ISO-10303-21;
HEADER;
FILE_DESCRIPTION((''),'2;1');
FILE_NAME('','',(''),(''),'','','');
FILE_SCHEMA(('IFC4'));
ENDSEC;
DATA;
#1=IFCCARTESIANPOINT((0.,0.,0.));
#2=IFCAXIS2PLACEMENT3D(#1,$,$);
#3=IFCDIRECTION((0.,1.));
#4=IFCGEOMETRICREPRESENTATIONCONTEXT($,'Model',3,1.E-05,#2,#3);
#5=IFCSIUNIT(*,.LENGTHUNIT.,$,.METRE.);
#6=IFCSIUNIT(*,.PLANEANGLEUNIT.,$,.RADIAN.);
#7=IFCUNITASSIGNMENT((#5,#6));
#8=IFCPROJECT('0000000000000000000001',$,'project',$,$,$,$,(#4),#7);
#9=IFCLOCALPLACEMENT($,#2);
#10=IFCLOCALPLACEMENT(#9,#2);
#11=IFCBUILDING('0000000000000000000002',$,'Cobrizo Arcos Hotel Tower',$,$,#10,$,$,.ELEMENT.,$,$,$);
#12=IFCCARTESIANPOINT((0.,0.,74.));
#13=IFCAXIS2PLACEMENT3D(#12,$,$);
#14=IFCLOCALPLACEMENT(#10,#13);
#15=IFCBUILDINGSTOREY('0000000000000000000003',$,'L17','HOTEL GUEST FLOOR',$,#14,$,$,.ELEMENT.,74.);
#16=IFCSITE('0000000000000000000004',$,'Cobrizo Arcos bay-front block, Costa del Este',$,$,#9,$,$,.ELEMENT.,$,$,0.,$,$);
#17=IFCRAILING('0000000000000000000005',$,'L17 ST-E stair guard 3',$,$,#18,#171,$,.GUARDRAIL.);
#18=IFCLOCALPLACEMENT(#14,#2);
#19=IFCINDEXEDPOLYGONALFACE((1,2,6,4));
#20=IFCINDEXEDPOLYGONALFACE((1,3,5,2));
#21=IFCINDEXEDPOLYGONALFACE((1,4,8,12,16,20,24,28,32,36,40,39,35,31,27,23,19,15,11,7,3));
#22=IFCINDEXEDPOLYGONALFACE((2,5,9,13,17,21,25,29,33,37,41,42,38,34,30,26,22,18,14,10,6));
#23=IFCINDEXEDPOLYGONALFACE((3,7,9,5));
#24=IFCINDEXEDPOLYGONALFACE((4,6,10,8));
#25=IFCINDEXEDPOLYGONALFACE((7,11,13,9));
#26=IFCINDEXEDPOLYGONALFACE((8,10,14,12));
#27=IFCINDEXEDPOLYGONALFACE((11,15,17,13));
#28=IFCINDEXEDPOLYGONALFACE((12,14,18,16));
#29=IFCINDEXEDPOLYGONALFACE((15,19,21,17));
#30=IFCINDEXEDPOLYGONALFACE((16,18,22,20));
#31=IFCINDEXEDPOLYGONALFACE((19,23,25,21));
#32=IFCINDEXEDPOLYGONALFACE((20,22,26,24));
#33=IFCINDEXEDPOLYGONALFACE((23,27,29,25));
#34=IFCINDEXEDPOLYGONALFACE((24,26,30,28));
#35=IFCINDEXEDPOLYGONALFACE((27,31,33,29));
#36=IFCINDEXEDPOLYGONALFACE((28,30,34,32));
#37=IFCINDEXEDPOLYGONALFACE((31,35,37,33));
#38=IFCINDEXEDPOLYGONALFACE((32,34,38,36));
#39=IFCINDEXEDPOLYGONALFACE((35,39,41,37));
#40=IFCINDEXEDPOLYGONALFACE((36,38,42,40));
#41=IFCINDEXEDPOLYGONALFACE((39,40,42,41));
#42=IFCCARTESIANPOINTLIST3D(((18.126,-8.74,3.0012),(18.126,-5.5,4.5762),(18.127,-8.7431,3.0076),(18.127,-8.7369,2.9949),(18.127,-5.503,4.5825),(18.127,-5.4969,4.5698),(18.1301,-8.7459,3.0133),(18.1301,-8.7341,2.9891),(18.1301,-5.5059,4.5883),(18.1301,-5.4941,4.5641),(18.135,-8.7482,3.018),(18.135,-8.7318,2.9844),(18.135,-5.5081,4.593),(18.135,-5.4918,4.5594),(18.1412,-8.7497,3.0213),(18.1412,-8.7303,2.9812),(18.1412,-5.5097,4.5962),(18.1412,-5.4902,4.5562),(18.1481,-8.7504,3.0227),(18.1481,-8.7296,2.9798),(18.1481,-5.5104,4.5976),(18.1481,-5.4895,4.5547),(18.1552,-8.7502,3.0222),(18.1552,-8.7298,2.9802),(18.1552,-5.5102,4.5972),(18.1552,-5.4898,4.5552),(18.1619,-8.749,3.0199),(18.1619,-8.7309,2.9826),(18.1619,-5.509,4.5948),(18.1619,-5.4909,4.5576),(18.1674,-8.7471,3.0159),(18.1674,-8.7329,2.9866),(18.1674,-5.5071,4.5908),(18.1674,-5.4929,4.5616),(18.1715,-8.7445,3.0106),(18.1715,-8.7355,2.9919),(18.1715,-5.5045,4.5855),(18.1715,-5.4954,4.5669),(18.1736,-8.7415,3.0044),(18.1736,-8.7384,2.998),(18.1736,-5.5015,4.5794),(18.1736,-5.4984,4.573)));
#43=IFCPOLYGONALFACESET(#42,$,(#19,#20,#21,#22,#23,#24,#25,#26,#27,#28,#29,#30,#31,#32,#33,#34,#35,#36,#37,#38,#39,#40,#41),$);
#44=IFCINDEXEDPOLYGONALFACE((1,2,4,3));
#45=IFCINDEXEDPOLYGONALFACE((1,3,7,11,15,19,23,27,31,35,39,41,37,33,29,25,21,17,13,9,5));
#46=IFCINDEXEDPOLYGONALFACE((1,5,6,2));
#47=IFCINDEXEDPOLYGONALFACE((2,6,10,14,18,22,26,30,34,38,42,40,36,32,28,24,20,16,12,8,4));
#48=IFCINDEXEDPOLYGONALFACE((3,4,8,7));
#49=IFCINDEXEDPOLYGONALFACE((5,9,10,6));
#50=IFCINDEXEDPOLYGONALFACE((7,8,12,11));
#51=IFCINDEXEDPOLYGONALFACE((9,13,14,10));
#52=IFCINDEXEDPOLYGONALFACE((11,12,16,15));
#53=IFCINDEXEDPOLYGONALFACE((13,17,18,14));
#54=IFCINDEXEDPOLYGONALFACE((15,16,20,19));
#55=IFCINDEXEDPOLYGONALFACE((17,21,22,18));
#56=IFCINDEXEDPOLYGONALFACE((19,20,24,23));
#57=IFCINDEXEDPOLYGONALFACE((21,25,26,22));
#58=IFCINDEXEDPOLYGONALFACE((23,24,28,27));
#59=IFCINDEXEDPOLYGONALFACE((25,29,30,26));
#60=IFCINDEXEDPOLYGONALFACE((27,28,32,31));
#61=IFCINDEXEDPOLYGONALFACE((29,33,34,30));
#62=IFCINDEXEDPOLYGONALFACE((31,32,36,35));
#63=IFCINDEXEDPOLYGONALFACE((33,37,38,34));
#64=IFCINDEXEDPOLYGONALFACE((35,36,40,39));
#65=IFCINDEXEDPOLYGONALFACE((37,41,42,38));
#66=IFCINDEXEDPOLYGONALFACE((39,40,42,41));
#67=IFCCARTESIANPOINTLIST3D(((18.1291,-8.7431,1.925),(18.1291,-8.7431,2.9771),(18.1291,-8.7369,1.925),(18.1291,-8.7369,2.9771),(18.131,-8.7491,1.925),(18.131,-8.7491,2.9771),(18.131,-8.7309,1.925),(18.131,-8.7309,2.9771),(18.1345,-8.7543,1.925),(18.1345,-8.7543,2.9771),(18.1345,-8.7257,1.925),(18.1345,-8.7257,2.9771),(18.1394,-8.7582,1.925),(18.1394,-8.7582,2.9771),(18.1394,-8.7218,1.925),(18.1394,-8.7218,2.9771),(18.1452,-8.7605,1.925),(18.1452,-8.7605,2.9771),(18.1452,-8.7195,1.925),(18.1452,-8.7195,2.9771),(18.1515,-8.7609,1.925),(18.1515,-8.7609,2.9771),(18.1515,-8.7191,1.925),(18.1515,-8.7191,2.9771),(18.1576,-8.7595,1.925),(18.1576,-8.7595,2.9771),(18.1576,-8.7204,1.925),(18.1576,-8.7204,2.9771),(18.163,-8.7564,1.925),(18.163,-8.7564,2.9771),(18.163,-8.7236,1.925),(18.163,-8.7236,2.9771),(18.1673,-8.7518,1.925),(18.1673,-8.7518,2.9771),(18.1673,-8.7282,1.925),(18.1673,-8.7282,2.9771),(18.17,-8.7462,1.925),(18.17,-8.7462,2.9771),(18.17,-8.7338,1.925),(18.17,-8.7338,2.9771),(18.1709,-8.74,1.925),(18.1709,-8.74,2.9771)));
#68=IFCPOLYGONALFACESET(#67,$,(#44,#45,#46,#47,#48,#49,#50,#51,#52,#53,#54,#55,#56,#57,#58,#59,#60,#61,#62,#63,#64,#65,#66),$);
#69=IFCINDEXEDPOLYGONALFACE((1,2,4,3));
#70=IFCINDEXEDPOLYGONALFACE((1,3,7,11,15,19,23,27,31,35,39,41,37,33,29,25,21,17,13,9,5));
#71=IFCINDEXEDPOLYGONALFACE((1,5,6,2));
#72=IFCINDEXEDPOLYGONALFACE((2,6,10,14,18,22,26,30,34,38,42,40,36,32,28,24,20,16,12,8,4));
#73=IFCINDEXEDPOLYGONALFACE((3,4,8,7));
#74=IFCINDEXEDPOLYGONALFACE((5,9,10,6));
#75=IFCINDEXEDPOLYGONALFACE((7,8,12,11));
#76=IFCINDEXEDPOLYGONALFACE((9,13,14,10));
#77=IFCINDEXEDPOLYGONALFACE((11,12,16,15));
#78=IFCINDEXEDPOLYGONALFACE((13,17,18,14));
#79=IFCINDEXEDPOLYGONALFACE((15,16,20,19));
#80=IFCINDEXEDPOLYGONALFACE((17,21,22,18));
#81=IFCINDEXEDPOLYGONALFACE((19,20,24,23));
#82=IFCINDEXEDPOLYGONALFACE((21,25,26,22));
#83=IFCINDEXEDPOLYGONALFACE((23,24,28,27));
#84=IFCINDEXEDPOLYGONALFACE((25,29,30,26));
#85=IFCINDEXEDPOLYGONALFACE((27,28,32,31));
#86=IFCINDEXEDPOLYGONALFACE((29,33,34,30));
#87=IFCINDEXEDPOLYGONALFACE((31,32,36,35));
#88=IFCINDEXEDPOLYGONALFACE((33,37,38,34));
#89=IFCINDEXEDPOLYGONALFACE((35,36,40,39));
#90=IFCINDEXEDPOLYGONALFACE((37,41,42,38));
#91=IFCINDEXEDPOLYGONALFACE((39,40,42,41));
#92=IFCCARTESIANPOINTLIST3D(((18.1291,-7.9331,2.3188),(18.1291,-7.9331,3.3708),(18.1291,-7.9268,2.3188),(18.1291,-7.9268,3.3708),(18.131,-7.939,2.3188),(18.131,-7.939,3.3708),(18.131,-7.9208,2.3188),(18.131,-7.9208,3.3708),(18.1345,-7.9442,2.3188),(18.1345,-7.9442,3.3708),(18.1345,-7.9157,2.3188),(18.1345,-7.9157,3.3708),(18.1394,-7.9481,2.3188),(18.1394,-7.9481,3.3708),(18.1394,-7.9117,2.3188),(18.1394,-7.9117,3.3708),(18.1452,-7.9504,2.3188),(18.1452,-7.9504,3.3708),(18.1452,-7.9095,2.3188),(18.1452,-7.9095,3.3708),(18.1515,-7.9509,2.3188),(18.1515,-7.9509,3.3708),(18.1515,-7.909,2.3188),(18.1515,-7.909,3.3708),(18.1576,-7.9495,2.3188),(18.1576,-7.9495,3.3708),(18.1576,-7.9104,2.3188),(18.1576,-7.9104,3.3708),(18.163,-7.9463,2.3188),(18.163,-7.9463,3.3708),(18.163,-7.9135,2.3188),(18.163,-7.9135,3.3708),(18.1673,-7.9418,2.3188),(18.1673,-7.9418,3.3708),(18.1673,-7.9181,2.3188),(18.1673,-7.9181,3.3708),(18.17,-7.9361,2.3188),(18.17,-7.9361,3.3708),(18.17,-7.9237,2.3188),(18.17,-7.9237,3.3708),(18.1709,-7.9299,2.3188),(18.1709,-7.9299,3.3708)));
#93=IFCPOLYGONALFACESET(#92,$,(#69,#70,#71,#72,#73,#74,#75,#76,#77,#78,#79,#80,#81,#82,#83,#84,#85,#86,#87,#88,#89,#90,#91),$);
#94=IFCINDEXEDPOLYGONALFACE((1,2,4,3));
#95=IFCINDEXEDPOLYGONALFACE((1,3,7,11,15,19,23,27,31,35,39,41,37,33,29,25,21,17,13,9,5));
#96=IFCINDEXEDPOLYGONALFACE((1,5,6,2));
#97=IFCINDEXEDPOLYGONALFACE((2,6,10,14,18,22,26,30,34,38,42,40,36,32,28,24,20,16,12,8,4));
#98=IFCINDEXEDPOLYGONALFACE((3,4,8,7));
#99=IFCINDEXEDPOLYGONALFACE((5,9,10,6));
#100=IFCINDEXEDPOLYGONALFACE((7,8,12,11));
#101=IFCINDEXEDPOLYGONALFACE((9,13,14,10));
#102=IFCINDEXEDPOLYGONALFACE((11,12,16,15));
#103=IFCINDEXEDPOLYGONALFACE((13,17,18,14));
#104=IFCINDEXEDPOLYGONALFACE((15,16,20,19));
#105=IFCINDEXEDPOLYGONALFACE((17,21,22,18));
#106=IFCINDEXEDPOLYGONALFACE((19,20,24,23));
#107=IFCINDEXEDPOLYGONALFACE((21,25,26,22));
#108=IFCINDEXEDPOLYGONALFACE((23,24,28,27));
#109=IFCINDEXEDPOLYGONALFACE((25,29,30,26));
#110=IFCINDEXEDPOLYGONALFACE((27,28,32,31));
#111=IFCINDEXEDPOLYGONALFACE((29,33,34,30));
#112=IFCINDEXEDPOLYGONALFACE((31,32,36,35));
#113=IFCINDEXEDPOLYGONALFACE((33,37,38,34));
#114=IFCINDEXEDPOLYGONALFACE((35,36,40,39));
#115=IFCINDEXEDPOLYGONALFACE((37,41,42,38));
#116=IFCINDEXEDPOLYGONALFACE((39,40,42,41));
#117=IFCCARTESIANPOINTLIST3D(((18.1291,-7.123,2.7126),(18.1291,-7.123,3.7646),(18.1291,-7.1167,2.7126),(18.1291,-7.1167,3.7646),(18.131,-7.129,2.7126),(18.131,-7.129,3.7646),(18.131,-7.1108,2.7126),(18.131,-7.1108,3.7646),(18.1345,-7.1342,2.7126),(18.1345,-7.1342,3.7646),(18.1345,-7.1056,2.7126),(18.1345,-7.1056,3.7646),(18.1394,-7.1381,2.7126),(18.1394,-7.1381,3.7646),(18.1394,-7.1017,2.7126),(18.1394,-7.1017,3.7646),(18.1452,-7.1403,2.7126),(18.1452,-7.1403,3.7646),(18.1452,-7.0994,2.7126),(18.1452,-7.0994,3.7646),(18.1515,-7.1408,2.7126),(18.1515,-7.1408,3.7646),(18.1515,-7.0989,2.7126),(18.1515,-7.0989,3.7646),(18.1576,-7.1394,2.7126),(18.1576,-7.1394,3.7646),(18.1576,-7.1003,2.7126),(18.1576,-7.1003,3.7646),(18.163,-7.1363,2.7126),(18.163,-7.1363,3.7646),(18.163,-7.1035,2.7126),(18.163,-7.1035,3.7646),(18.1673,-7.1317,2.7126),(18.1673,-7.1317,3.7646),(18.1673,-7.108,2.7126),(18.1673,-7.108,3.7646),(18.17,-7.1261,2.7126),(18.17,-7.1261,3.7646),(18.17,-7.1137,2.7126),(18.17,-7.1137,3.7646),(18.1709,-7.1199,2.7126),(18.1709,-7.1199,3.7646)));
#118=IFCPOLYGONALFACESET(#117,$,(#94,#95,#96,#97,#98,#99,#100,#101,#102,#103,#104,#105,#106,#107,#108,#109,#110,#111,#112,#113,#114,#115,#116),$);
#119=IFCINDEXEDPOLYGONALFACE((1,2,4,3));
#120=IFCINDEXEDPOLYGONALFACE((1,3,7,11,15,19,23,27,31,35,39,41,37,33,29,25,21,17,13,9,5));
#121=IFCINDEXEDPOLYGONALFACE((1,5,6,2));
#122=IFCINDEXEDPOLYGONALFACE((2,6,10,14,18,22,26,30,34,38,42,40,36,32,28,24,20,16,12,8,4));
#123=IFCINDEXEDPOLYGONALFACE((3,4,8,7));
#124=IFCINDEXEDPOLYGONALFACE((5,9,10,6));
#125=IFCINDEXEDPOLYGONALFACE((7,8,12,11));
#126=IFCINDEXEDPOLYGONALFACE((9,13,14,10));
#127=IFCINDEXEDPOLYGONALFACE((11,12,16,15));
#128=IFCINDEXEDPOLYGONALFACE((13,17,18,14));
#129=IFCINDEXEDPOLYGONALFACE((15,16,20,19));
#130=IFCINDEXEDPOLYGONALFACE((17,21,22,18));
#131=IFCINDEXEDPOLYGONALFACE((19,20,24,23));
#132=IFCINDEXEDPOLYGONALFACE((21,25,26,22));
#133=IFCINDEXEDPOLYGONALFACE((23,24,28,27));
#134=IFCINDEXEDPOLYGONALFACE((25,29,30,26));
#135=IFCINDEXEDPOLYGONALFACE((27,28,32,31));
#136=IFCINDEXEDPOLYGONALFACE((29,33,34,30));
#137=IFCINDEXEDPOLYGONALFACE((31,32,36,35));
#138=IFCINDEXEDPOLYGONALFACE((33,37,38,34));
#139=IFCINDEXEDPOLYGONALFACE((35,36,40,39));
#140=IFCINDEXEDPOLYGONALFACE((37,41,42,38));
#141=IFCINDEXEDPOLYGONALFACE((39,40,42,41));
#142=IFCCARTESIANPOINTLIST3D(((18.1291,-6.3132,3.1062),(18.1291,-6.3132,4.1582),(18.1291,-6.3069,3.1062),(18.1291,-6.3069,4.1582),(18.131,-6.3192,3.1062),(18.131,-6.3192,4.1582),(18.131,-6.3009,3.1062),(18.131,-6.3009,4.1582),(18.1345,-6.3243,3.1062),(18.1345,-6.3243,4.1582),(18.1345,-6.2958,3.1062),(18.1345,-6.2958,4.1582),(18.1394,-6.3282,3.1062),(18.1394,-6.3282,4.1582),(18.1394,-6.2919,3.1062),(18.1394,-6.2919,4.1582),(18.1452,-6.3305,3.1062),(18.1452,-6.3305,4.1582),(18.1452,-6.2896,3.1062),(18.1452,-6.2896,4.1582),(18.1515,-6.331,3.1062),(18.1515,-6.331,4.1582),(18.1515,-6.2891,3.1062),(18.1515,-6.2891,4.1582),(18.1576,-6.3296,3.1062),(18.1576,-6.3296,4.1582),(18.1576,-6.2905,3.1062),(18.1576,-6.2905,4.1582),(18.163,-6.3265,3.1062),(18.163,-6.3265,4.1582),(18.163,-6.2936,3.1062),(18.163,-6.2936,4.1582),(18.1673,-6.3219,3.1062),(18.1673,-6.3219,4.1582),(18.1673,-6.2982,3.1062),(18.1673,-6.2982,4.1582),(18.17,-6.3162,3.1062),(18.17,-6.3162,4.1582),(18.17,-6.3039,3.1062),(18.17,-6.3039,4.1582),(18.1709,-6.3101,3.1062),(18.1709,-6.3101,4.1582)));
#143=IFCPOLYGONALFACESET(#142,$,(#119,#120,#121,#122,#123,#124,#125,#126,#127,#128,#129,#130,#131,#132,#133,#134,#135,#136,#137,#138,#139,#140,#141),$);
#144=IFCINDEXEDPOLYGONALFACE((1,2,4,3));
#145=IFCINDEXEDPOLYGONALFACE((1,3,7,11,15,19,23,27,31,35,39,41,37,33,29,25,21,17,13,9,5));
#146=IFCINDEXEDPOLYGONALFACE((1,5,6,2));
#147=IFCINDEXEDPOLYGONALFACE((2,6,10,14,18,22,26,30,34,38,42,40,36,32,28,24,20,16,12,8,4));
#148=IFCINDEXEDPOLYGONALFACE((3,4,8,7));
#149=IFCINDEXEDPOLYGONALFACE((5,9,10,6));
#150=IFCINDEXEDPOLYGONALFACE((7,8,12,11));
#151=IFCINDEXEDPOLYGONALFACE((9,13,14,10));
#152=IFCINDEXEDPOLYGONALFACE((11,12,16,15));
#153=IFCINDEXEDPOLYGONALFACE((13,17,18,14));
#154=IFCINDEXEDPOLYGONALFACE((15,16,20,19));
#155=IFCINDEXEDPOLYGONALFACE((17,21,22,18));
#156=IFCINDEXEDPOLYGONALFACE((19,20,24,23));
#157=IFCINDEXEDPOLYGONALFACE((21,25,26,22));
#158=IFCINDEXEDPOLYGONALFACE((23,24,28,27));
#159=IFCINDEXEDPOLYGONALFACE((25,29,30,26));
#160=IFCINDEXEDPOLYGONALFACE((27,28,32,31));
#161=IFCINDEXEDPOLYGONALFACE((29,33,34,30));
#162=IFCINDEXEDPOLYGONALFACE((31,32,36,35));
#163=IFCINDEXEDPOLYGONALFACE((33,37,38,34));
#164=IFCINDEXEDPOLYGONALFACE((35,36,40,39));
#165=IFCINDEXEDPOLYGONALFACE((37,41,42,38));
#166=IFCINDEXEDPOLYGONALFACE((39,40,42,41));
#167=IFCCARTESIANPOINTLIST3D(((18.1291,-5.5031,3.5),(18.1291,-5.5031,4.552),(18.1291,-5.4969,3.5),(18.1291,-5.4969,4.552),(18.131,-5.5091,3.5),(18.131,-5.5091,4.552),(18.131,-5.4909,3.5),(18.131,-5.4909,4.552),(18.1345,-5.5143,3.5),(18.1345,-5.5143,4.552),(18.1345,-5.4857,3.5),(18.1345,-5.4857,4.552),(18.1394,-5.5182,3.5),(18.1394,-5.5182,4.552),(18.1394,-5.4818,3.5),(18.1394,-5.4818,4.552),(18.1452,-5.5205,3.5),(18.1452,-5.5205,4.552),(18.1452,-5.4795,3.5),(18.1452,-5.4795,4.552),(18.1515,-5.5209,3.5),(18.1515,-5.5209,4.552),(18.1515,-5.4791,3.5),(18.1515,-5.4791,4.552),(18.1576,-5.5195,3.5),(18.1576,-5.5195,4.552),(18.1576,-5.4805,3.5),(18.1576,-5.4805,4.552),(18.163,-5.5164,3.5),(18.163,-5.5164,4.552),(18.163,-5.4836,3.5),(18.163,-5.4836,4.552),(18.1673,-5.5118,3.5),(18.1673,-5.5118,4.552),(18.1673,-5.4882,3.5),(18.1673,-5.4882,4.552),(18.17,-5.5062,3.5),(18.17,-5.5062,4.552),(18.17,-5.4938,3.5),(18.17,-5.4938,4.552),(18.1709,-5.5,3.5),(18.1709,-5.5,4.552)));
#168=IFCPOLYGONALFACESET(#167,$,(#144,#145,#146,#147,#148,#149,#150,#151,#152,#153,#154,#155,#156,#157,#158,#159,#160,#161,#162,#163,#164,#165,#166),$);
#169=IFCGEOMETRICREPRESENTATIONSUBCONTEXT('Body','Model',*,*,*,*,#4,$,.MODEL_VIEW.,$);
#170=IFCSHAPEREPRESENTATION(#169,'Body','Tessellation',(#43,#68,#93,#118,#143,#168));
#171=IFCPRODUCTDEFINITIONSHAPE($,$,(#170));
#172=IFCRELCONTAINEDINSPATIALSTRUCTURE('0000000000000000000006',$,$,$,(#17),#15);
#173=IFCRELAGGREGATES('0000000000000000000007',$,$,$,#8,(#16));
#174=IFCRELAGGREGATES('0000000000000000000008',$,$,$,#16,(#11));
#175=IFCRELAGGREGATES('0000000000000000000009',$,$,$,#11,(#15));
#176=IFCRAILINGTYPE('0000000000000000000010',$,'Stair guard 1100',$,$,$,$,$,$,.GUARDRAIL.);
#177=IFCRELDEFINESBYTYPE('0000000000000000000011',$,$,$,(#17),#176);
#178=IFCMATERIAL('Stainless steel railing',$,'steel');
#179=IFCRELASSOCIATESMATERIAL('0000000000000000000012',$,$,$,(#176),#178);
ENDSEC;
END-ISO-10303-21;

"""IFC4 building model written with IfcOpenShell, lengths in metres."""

from ifc_helpers import new_model, si_unit, direction, frame, origin, origin_2d, place, context, subcontext, project, spatial, circle, extrude, material, type_object, element, save


model = new_model("IFC4")

# Units and contexts
model_context = context("Model", 3, precision=1e-05, world=origin(), true_north=direction((0.0, 1.0)))
body_context = subcontext(model_context, "Body", "Model", "MODEL_VIEW")
ifc_project = project(units=[si_unit("LENGTHUNIT", "METRE"), si_unit("PLANEANGLEUNIT", "RADIAN")], contexts=[model_context])

# Site, building, storey
site_placement = place(None, origin())
site = spatial("IfcSite", under=ifc_project, at=site_placement, Name="Cobrizo Arcos bay-front block, Costa del Este", CompositionType="ELEMENT", RefElevation=0.0)
building_placement = place(site_placement, origin())
building = spatial("IfcBuilding", under=site, at=building_placement, Name="Cobrizo Arcos Hotel Tower", CompositionType="ELEMENT")
storey_placement = place(building_placement, frame((0.0, 0.0, 74.0)))
storey = spatial("IfcBuildingStorey", under=building, at=storey_placement, Name="L17", Description="HOTEL GUEST FLOOR", CompositionType="ELEMENT", Elevation=74.0)

# Railing
ifc_material_1 = material(Name="Stainless steel railing", Category="steel")
railing_type_1 = type_object("IfcRailingType", Name="Stair guard 1100", PredefinedType="GUARDRAIL", material=ifc_material_1)
railing_1_placement = place(storey_placement, frame((18.1499, -8.74, 1.925)))
element("IfcRailing", 1, at=railing_1_placement, inside=storey, type_object=railing_type_1, Name="L17 ST-E stair guard 3", PredefinedType="GUARDRAIL", context=body_context, shape_type="SweptSolid", body=[
    extrude(circle(Radius=0.0239, at=origin_2d()), frame((0.0, 0.0, 1.0762), z_axis=(0.0, 0.899373, 0.437183), x_axis=(-1.0, 0.0, 0.0)), (0.0, 0.0, 1.0), 3.6025),
    extrude(circle(Radius=0.021, at=origin_2d()), origin(), (0.0, 0.0, 1.0), 1.052),
    extrude(circle(Radius=0.021, at=origin_2d()), frame((0.0, 0.8101, 0.3938)), (0.0, 0.0, 1.0), 1.052),
    extrude(circle(Radius=0.021, at=origin_2d()), frame((0.0, 1.6201, 0.7876)), (0.0, 0.0, 1.0), 1.052),
    extrude(circle(Radius=0.021, at=origin_2d()), frame((0.0, 2.4299, 1.1812)), (0.0, 0.0, 1.0), 1.052),
    extrude(circle(Radius=0.021, at=origin_2d()), frame((0.0, 3.24, 1.575)), (0.0, 0.0, 1.0), 1.052),
])

save(model, "model.ifc")
